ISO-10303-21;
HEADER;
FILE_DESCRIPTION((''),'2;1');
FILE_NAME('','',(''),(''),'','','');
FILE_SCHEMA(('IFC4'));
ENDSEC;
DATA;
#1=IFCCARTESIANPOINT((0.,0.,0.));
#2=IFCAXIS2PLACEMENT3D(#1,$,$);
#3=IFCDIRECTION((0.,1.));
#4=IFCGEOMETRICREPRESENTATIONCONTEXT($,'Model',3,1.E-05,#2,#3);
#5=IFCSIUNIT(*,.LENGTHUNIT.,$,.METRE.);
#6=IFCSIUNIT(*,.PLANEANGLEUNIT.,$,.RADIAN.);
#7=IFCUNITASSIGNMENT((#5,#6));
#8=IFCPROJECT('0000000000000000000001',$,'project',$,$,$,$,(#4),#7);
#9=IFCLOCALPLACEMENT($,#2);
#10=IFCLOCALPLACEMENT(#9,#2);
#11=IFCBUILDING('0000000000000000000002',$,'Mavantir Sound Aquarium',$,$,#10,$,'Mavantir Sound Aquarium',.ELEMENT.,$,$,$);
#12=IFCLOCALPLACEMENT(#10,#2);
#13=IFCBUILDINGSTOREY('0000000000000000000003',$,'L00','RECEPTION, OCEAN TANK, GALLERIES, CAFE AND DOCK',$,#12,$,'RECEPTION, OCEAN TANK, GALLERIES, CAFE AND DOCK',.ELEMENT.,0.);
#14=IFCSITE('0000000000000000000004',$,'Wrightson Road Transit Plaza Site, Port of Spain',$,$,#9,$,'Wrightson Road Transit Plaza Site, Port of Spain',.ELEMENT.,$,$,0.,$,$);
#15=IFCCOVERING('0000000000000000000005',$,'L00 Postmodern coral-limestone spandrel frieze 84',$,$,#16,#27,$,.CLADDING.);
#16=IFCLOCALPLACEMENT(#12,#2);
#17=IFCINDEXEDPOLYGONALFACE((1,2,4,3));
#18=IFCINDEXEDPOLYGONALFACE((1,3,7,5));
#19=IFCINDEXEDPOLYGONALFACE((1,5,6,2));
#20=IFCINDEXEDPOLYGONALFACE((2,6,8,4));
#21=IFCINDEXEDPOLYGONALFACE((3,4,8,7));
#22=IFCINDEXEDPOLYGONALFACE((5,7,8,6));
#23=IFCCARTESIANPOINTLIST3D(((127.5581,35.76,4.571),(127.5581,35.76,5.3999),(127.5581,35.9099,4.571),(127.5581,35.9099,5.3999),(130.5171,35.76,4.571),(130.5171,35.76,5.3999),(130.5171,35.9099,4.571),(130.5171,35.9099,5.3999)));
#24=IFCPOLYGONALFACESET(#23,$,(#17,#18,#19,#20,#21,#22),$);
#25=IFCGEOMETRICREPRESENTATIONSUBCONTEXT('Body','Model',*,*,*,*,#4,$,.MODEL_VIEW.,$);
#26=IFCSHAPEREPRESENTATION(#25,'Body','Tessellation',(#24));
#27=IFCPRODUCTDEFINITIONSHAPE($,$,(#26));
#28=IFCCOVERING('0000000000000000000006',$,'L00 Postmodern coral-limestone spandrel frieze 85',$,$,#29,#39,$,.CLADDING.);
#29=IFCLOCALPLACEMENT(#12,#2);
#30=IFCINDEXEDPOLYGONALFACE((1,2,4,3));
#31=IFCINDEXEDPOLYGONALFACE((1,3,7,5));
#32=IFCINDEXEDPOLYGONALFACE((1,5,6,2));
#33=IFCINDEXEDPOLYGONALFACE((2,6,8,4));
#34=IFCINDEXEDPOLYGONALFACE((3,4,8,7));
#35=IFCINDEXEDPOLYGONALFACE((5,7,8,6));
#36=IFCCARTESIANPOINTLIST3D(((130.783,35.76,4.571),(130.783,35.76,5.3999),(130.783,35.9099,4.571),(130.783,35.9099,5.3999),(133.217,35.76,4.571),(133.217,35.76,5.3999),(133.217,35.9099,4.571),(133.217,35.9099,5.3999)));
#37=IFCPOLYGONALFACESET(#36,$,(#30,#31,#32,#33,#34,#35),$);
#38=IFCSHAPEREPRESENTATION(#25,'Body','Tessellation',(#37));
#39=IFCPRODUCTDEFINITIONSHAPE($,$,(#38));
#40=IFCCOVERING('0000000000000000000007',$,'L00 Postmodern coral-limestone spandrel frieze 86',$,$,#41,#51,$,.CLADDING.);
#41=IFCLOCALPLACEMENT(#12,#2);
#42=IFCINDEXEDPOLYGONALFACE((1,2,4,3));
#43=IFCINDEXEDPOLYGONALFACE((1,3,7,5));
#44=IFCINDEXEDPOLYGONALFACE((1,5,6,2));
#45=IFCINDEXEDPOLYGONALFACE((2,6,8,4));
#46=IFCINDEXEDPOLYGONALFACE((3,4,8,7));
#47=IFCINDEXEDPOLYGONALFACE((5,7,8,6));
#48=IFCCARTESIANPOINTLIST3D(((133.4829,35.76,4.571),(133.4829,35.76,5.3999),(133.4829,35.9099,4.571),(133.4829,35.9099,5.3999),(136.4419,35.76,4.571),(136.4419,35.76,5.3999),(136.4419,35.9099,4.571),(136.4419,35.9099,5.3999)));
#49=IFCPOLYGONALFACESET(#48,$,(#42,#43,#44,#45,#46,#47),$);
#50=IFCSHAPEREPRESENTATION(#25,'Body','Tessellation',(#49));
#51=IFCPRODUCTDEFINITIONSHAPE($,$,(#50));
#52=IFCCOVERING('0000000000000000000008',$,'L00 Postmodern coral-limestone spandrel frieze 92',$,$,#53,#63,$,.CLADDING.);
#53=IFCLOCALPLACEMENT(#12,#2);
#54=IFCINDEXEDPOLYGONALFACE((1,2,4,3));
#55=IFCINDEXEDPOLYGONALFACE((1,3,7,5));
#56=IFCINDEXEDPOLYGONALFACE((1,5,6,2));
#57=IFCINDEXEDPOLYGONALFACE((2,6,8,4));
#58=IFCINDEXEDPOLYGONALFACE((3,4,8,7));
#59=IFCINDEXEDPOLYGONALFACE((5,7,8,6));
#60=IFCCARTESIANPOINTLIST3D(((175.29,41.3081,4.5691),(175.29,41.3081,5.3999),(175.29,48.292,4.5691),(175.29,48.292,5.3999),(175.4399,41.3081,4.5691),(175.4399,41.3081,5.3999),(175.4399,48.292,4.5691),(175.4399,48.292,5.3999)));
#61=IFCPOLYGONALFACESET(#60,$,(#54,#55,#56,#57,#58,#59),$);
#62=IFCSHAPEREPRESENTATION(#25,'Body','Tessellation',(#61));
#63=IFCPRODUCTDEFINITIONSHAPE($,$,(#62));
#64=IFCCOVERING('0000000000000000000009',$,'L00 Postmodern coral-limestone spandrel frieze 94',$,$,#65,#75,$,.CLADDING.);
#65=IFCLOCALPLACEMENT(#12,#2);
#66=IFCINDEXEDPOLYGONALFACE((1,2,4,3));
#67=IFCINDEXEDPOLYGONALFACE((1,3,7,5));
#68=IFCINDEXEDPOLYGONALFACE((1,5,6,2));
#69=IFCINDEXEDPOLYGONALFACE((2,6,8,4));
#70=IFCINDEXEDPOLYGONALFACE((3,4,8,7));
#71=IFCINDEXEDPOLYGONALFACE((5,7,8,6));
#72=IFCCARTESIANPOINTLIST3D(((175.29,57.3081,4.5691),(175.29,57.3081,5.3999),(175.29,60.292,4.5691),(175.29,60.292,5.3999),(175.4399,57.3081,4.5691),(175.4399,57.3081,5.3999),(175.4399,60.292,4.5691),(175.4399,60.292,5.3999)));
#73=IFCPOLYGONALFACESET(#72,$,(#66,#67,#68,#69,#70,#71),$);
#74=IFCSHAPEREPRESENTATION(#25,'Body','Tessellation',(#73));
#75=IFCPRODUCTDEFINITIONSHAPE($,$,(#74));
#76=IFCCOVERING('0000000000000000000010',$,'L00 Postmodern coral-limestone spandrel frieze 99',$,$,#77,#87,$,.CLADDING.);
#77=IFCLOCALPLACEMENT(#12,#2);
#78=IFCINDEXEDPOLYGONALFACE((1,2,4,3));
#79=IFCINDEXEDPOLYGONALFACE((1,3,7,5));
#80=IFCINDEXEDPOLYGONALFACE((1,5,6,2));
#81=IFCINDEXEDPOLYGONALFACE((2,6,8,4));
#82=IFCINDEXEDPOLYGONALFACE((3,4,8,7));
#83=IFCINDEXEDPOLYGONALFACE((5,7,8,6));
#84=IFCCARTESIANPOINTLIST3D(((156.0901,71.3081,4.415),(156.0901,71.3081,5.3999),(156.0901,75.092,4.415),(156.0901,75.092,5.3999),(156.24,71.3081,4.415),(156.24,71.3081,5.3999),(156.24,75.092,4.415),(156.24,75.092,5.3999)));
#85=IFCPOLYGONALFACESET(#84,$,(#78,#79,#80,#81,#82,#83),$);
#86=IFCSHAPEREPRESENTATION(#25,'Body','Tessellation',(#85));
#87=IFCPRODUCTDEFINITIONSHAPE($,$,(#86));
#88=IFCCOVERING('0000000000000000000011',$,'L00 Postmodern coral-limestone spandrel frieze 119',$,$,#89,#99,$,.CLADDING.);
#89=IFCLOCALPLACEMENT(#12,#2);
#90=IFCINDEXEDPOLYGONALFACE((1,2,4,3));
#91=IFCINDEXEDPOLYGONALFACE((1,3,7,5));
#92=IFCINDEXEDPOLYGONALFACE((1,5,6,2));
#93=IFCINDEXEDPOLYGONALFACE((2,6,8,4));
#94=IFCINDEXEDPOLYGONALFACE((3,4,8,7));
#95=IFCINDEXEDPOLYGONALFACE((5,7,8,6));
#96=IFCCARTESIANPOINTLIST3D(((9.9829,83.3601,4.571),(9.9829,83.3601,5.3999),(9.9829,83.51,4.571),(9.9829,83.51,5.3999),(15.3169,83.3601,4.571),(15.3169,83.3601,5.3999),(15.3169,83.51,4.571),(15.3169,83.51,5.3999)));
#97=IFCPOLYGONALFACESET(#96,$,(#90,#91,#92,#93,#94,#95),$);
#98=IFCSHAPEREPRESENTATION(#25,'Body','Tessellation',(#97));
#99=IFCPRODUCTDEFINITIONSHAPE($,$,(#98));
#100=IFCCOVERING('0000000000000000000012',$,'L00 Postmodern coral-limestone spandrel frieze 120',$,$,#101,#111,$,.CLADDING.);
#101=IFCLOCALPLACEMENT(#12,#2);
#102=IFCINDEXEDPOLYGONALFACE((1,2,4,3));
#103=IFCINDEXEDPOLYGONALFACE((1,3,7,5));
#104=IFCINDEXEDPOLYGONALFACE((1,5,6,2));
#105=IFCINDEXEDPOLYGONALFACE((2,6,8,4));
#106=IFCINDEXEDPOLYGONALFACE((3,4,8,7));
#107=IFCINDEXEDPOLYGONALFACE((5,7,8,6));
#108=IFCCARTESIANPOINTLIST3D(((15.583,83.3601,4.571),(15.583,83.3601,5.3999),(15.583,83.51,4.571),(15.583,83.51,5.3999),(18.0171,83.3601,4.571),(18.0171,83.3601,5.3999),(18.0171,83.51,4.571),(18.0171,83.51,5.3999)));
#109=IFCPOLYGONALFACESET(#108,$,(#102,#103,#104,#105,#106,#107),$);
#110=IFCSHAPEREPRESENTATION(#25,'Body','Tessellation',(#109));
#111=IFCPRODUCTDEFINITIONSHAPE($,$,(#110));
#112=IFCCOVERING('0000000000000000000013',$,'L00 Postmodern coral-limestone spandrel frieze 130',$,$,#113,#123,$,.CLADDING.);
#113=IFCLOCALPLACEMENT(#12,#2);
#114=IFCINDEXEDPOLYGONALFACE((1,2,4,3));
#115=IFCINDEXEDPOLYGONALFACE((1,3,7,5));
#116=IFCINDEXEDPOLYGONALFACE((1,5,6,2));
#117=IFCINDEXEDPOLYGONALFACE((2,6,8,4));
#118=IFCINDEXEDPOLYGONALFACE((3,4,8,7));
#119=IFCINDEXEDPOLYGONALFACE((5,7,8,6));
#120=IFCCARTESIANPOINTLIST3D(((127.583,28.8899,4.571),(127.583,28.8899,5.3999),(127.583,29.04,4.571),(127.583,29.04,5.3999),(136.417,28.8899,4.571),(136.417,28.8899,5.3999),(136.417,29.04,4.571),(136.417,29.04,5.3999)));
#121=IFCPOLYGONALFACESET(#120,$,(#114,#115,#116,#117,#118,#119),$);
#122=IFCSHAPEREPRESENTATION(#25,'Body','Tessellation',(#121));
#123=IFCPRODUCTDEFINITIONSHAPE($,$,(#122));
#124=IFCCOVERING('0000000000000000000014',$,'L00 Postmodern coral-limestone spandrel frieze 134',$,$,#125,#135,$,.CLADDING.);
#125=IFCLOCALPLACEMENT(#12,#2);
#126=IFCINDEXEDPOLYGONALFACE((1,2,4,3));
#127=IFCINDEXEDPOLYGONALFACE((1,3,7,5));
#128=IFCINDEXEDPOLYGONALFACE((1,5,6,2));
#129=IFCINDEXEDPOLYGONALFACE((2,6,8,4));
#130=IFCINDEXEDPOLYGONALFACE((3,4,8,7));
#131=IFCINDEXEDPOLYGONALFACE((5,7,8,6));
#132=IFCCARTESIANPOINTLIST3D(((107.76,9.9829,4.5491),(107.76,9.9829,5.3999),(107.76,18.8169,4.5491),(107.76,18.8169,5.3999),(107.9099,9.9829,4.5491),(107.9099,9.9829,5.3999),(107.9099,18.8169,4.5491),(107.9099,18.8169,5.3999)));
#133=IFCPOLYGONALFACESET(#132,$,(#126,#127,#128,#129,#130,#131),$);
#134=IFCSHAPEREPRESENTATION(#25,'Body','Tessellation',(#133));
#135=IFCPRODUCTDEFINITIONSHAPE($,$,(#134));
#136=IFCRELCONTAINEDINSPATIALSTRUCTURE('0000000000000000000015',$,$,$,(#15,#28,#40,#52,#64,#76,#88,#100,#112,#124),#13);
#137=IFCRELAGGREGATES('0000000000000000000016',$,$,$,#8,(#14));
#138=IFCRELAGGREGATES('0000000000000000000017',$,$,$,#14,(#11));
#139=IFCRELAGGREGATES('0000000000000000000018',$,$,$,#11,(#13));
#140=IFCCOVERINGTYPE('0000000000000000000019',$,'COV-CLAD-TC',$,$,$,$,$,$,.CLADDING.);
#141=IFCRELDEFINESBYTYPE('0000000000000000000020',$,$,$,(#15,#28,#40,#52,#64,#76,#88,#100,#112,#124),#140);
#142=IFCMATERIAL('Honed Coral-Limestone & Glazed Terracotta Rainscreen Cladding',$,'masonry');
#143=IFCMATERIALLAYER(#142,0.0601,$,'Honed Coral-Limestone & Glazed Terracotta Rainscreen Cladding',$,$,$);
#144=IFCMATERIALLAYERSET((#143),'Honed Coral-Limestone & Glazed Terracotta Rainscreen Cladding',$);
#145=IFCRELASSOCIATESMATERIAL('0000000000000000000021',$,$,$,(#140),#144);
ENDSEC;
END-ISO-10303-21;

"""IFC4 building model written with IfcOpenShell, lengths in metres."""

from ifc_helpers import new_model, si_unit, direction, frame, origin, place, context, subcontext, project, spatial, polyline, outline, extrude, material, layer, layer_set, type_object, element, save


model = new_model("IFC4")

# Units and contexts
model_context = context("Model", 3, precision=1e-05, world=origin(), true_north=direction((0.0, 1.0)))
body_context = subcontext(model_context, "Body", "Model", "MODEL_VIEW")
ifc_project = project(units=[si_unit("LENGTHUNIT", "METRE"), si_unit("PLANEANGLEUNIT", "RADIAN")], contexts=[model_context])

# Site, building, storey
site_placement = place(None, origin())
site = spatial("IfcSite", under=ifc_project, at=site_placement, Name="Wrightson Road Transit Plaza Site, Port of Spain", LongName="Wrightson Road Transit Plaza Site, Port of Spain", CompositionType="ELEMENT", RefElevation=0.0)
building_placement = place(site_placement, origin())
building = spatial("IfcBuilding", under=site, at=building_placement, Name="Mavantir Sound Aquarium", LongName="Mavantir Sound Aquarium", CompositionType="ELEMENT")
storey_placement = place(building_placement, origin())
storey = spatial("IfcBuildingStorey", under=building, at=storey_placement, Name="L00", Description="RECEPTION, OCEAN TANK, GALLERIES, CAFE AND DOCK", LongName="RECEPTION, OCEAN TANK, GALLERIES, CAFE AND DOCK", CompositionType="ELEMENT", Elevation=0.0)

# Coverings
ifc_material = material(Name="Honed Coral-Limestone & Glazed Terracotta Rainscreen Cladding", Category="masonry")
ifc_layer = layer(ifc_material, 0.0601, Name="Honed Coral-Limestone & Glazed Terracotta Rainscreen Cladding")
ifc_layer_set = layer_set([ifc_layer], Name="Honed Coral-Limestone & Glazed Terracotta Rainscreen Cladding")
covering_type = type_object("IfcCoveringType", Name="COV-CLAD-TC", PredefinedType="CLADDING", material=ifc_layer_set)
covering_1_placement = place(storey_placement, frame((0.0, 0.0, 4.571)))
element("IfcCovering", 1, at=covering_1_placement, inside=storey, type_object=covering_type, Name="L00 Postmodern coral-limestone spandrel frieze 84", PredefinedType="CLADDING", context=body_context, shape_type="SweptSolid", body=[
    extrude(outline(polyline([(127.5581, 35.9099), (130.5171, 35.9099), (130.5171, 35.76), (127.5581, 35.76), (127.5581, 35.9099)])), origin(), (0.0, 0.0, 1.0), 0.8289),
])
covering_2_placement = place(storey_placement, frame((0.0, 0.0, 4.571)))
element("IfcCovering", 2, at=covering_2_placement, inside=storey, type_object=covering_type, Name="L00 Postmodern coral-limestone spandrel frieze 85", PredefinedType="CLADDING", context=body_context, shape_type="SweptSolid", body=[
    extrude(outline(polyline([(130.783, 35.9099), (133.217, 35.9099), (133.217, 35.76), (130.783, 35.76), (130.783, 35.9099)])), origin(), (0.0, 0.0, 1.0), 0.8289),
])
covering_3_placement = place(storey_placement, frame((0.0, 0.0, 4.571)))
element("IfcCovering", 3, at=covering_3_placement, inside=storey, type_object=covering_type, Name="L00 Postmodern coral-limestone spandrel frieze 86", PredefinedType="CLADDING", context=body_context, shape_type="SweptSolid", body=[
    extrude(outline(polyline([(133.4829, 35.9099), (136.4419, 35.9099), (136.4419, 35.76), (133.4829, 35.76), (133.4829, 35.9099)])), origin(), (0.0, 0.0, 1.0), 0.8289),
])
covering_4_placement = place(storey_placement, frame((0.0, 0.0, 4.5691)))
element("IfcCovering", 4, at=covering_4_placement, inside=storey, type_object=covering_type, Name="L00 Postmodern coral-limestone spandrel frieze 92", PredefinedType="CLADDING", context=body_context, shape_type="SweptSolid", body=[
    extrude(outline(polyline([(175.29, 41.3081), (175.29, 48.292), (175.4399, 48.292), (175.4399, 41.3081), (175.29, 41.3081)])), origin(), (0.0, 0.0, 1.0), 0.8308),
])
covering_5_placement = place(storey_placement, frame((0.0, 0.0, 4.5691)))
element("IfcCovering", 5, at=covering_5_placement, inside=storey, type_object=covering_type, Name="L00 Postmodern coral-limestone spandrel frieze 94", PredefinedType="CLADDING", context=body_context, shape_type="SweptSolid", body=[
    extrude(outline(polyline([(175.29, 57.3081), (175.29, 60.292), (175.4399, 60.292), (175.4399, 57.3081), (175.29, 57.3081)])), origin(), (0.0, 0.0, 1.0), 0.8308),
])
covering_6_placement = place(storey_placement, frame((0.0, 0.0, 4.415)))
element("IfcCovering", 6, at=covering_6_placement, inside=storey, type_object=covering_type, Name="L00 Postmodern coral-limestone spandrel frieze 99", PredefinedType="CLADDING", context=body_context, shape_type="SweptSolid", body=[
    extrude(outline(polyline([(156.0901, 71.3081), (156.0901, 75.092), (156.24, 75.092), (156.24, 71.3081), (156.0901, 71.3081)])), origin(), (0.0, 0.0, 1.0), 0.9849),
])
covering_7_placement = place(storey_placement, frame((0.0, 0.0, 4.571)))
element("IfcCovering", 7, at=covering_7_placement, inside=storey, type_object=covering_type, Name="L00 Postmodern coral-limestone spandrel frieze 119", PredefinedType="CLADDING", context=body_context, shape_type="SweptSolid", body=[
    extrude(outline(polyline([(9.9829, 83.51), (15.3169, 83.51), (15.3169, 83.3601), (9.9829, 83.3601), (9.9829, 83.51)])), origin(), (0.0, 0.0, 1.0), 0.8289),
])
covering_8_placement = place(storey_placement, frame((0.0, 0.0, 4.571)))
element("IfcCovering", 8, at=covering_8_placement, inside=storey, type_object=covering_type, Name="L00 Postmodern coral-limestone spandrel frieze 120", PredefinedType="CLADDING", context=body_context, shape_type="SweptSolid", body=[
    extrude(outline(polyline([(15.583, 83.51), (18.0171, 83.51), (18.0171, 83.3601), (15.583, 83.3601), (15.583, 83.51)])), origin(), (0.0, 0.0, 1.0), 0.8289),
])
covering_9_placement = place(storey_placement, frame((0.0, 0.0, 4.571)))
element("IfcCovering", 9, at=covering_9_placement, inside=storey, type_object=covering_type, Name="L00 Postmodern coral-limestone spandrel frieze 130", PredefinedType="CLADDING", context=body_context, shape_type="SweptSolid", body=[
    extrude(outline(polyline([(136.417, 28.8899), (127.583, 28.8899), (127.583, 29.04), (136.417, 29.04), (136.417, 28.8899)])), origin(), (0.0, 0.0, 1.0), 0.8289),
])
covering_10_placement = place(storey_placement, frame((0.0, 0.0, 4.5491)))
element("IfcCovering", 10, at=covering_10_placement, inside=storey, type_object=covering_type, Name="L00 Postmodern coral-limestone spandrel frieze 134", PredefinedType="CLADDING", context=body_context, shape_type="SweptSolid", body=[
    extrude(outline(polyline([(107.9099, 18.8169), (107.9099, 9.9829), (107.76, 9.9829), (107.76, 18.8169), (107.9099, 18.8169)])), origin(), (0.0, 0.0, 1.0), 0.8508),
])

save(model, "model.ifc")
